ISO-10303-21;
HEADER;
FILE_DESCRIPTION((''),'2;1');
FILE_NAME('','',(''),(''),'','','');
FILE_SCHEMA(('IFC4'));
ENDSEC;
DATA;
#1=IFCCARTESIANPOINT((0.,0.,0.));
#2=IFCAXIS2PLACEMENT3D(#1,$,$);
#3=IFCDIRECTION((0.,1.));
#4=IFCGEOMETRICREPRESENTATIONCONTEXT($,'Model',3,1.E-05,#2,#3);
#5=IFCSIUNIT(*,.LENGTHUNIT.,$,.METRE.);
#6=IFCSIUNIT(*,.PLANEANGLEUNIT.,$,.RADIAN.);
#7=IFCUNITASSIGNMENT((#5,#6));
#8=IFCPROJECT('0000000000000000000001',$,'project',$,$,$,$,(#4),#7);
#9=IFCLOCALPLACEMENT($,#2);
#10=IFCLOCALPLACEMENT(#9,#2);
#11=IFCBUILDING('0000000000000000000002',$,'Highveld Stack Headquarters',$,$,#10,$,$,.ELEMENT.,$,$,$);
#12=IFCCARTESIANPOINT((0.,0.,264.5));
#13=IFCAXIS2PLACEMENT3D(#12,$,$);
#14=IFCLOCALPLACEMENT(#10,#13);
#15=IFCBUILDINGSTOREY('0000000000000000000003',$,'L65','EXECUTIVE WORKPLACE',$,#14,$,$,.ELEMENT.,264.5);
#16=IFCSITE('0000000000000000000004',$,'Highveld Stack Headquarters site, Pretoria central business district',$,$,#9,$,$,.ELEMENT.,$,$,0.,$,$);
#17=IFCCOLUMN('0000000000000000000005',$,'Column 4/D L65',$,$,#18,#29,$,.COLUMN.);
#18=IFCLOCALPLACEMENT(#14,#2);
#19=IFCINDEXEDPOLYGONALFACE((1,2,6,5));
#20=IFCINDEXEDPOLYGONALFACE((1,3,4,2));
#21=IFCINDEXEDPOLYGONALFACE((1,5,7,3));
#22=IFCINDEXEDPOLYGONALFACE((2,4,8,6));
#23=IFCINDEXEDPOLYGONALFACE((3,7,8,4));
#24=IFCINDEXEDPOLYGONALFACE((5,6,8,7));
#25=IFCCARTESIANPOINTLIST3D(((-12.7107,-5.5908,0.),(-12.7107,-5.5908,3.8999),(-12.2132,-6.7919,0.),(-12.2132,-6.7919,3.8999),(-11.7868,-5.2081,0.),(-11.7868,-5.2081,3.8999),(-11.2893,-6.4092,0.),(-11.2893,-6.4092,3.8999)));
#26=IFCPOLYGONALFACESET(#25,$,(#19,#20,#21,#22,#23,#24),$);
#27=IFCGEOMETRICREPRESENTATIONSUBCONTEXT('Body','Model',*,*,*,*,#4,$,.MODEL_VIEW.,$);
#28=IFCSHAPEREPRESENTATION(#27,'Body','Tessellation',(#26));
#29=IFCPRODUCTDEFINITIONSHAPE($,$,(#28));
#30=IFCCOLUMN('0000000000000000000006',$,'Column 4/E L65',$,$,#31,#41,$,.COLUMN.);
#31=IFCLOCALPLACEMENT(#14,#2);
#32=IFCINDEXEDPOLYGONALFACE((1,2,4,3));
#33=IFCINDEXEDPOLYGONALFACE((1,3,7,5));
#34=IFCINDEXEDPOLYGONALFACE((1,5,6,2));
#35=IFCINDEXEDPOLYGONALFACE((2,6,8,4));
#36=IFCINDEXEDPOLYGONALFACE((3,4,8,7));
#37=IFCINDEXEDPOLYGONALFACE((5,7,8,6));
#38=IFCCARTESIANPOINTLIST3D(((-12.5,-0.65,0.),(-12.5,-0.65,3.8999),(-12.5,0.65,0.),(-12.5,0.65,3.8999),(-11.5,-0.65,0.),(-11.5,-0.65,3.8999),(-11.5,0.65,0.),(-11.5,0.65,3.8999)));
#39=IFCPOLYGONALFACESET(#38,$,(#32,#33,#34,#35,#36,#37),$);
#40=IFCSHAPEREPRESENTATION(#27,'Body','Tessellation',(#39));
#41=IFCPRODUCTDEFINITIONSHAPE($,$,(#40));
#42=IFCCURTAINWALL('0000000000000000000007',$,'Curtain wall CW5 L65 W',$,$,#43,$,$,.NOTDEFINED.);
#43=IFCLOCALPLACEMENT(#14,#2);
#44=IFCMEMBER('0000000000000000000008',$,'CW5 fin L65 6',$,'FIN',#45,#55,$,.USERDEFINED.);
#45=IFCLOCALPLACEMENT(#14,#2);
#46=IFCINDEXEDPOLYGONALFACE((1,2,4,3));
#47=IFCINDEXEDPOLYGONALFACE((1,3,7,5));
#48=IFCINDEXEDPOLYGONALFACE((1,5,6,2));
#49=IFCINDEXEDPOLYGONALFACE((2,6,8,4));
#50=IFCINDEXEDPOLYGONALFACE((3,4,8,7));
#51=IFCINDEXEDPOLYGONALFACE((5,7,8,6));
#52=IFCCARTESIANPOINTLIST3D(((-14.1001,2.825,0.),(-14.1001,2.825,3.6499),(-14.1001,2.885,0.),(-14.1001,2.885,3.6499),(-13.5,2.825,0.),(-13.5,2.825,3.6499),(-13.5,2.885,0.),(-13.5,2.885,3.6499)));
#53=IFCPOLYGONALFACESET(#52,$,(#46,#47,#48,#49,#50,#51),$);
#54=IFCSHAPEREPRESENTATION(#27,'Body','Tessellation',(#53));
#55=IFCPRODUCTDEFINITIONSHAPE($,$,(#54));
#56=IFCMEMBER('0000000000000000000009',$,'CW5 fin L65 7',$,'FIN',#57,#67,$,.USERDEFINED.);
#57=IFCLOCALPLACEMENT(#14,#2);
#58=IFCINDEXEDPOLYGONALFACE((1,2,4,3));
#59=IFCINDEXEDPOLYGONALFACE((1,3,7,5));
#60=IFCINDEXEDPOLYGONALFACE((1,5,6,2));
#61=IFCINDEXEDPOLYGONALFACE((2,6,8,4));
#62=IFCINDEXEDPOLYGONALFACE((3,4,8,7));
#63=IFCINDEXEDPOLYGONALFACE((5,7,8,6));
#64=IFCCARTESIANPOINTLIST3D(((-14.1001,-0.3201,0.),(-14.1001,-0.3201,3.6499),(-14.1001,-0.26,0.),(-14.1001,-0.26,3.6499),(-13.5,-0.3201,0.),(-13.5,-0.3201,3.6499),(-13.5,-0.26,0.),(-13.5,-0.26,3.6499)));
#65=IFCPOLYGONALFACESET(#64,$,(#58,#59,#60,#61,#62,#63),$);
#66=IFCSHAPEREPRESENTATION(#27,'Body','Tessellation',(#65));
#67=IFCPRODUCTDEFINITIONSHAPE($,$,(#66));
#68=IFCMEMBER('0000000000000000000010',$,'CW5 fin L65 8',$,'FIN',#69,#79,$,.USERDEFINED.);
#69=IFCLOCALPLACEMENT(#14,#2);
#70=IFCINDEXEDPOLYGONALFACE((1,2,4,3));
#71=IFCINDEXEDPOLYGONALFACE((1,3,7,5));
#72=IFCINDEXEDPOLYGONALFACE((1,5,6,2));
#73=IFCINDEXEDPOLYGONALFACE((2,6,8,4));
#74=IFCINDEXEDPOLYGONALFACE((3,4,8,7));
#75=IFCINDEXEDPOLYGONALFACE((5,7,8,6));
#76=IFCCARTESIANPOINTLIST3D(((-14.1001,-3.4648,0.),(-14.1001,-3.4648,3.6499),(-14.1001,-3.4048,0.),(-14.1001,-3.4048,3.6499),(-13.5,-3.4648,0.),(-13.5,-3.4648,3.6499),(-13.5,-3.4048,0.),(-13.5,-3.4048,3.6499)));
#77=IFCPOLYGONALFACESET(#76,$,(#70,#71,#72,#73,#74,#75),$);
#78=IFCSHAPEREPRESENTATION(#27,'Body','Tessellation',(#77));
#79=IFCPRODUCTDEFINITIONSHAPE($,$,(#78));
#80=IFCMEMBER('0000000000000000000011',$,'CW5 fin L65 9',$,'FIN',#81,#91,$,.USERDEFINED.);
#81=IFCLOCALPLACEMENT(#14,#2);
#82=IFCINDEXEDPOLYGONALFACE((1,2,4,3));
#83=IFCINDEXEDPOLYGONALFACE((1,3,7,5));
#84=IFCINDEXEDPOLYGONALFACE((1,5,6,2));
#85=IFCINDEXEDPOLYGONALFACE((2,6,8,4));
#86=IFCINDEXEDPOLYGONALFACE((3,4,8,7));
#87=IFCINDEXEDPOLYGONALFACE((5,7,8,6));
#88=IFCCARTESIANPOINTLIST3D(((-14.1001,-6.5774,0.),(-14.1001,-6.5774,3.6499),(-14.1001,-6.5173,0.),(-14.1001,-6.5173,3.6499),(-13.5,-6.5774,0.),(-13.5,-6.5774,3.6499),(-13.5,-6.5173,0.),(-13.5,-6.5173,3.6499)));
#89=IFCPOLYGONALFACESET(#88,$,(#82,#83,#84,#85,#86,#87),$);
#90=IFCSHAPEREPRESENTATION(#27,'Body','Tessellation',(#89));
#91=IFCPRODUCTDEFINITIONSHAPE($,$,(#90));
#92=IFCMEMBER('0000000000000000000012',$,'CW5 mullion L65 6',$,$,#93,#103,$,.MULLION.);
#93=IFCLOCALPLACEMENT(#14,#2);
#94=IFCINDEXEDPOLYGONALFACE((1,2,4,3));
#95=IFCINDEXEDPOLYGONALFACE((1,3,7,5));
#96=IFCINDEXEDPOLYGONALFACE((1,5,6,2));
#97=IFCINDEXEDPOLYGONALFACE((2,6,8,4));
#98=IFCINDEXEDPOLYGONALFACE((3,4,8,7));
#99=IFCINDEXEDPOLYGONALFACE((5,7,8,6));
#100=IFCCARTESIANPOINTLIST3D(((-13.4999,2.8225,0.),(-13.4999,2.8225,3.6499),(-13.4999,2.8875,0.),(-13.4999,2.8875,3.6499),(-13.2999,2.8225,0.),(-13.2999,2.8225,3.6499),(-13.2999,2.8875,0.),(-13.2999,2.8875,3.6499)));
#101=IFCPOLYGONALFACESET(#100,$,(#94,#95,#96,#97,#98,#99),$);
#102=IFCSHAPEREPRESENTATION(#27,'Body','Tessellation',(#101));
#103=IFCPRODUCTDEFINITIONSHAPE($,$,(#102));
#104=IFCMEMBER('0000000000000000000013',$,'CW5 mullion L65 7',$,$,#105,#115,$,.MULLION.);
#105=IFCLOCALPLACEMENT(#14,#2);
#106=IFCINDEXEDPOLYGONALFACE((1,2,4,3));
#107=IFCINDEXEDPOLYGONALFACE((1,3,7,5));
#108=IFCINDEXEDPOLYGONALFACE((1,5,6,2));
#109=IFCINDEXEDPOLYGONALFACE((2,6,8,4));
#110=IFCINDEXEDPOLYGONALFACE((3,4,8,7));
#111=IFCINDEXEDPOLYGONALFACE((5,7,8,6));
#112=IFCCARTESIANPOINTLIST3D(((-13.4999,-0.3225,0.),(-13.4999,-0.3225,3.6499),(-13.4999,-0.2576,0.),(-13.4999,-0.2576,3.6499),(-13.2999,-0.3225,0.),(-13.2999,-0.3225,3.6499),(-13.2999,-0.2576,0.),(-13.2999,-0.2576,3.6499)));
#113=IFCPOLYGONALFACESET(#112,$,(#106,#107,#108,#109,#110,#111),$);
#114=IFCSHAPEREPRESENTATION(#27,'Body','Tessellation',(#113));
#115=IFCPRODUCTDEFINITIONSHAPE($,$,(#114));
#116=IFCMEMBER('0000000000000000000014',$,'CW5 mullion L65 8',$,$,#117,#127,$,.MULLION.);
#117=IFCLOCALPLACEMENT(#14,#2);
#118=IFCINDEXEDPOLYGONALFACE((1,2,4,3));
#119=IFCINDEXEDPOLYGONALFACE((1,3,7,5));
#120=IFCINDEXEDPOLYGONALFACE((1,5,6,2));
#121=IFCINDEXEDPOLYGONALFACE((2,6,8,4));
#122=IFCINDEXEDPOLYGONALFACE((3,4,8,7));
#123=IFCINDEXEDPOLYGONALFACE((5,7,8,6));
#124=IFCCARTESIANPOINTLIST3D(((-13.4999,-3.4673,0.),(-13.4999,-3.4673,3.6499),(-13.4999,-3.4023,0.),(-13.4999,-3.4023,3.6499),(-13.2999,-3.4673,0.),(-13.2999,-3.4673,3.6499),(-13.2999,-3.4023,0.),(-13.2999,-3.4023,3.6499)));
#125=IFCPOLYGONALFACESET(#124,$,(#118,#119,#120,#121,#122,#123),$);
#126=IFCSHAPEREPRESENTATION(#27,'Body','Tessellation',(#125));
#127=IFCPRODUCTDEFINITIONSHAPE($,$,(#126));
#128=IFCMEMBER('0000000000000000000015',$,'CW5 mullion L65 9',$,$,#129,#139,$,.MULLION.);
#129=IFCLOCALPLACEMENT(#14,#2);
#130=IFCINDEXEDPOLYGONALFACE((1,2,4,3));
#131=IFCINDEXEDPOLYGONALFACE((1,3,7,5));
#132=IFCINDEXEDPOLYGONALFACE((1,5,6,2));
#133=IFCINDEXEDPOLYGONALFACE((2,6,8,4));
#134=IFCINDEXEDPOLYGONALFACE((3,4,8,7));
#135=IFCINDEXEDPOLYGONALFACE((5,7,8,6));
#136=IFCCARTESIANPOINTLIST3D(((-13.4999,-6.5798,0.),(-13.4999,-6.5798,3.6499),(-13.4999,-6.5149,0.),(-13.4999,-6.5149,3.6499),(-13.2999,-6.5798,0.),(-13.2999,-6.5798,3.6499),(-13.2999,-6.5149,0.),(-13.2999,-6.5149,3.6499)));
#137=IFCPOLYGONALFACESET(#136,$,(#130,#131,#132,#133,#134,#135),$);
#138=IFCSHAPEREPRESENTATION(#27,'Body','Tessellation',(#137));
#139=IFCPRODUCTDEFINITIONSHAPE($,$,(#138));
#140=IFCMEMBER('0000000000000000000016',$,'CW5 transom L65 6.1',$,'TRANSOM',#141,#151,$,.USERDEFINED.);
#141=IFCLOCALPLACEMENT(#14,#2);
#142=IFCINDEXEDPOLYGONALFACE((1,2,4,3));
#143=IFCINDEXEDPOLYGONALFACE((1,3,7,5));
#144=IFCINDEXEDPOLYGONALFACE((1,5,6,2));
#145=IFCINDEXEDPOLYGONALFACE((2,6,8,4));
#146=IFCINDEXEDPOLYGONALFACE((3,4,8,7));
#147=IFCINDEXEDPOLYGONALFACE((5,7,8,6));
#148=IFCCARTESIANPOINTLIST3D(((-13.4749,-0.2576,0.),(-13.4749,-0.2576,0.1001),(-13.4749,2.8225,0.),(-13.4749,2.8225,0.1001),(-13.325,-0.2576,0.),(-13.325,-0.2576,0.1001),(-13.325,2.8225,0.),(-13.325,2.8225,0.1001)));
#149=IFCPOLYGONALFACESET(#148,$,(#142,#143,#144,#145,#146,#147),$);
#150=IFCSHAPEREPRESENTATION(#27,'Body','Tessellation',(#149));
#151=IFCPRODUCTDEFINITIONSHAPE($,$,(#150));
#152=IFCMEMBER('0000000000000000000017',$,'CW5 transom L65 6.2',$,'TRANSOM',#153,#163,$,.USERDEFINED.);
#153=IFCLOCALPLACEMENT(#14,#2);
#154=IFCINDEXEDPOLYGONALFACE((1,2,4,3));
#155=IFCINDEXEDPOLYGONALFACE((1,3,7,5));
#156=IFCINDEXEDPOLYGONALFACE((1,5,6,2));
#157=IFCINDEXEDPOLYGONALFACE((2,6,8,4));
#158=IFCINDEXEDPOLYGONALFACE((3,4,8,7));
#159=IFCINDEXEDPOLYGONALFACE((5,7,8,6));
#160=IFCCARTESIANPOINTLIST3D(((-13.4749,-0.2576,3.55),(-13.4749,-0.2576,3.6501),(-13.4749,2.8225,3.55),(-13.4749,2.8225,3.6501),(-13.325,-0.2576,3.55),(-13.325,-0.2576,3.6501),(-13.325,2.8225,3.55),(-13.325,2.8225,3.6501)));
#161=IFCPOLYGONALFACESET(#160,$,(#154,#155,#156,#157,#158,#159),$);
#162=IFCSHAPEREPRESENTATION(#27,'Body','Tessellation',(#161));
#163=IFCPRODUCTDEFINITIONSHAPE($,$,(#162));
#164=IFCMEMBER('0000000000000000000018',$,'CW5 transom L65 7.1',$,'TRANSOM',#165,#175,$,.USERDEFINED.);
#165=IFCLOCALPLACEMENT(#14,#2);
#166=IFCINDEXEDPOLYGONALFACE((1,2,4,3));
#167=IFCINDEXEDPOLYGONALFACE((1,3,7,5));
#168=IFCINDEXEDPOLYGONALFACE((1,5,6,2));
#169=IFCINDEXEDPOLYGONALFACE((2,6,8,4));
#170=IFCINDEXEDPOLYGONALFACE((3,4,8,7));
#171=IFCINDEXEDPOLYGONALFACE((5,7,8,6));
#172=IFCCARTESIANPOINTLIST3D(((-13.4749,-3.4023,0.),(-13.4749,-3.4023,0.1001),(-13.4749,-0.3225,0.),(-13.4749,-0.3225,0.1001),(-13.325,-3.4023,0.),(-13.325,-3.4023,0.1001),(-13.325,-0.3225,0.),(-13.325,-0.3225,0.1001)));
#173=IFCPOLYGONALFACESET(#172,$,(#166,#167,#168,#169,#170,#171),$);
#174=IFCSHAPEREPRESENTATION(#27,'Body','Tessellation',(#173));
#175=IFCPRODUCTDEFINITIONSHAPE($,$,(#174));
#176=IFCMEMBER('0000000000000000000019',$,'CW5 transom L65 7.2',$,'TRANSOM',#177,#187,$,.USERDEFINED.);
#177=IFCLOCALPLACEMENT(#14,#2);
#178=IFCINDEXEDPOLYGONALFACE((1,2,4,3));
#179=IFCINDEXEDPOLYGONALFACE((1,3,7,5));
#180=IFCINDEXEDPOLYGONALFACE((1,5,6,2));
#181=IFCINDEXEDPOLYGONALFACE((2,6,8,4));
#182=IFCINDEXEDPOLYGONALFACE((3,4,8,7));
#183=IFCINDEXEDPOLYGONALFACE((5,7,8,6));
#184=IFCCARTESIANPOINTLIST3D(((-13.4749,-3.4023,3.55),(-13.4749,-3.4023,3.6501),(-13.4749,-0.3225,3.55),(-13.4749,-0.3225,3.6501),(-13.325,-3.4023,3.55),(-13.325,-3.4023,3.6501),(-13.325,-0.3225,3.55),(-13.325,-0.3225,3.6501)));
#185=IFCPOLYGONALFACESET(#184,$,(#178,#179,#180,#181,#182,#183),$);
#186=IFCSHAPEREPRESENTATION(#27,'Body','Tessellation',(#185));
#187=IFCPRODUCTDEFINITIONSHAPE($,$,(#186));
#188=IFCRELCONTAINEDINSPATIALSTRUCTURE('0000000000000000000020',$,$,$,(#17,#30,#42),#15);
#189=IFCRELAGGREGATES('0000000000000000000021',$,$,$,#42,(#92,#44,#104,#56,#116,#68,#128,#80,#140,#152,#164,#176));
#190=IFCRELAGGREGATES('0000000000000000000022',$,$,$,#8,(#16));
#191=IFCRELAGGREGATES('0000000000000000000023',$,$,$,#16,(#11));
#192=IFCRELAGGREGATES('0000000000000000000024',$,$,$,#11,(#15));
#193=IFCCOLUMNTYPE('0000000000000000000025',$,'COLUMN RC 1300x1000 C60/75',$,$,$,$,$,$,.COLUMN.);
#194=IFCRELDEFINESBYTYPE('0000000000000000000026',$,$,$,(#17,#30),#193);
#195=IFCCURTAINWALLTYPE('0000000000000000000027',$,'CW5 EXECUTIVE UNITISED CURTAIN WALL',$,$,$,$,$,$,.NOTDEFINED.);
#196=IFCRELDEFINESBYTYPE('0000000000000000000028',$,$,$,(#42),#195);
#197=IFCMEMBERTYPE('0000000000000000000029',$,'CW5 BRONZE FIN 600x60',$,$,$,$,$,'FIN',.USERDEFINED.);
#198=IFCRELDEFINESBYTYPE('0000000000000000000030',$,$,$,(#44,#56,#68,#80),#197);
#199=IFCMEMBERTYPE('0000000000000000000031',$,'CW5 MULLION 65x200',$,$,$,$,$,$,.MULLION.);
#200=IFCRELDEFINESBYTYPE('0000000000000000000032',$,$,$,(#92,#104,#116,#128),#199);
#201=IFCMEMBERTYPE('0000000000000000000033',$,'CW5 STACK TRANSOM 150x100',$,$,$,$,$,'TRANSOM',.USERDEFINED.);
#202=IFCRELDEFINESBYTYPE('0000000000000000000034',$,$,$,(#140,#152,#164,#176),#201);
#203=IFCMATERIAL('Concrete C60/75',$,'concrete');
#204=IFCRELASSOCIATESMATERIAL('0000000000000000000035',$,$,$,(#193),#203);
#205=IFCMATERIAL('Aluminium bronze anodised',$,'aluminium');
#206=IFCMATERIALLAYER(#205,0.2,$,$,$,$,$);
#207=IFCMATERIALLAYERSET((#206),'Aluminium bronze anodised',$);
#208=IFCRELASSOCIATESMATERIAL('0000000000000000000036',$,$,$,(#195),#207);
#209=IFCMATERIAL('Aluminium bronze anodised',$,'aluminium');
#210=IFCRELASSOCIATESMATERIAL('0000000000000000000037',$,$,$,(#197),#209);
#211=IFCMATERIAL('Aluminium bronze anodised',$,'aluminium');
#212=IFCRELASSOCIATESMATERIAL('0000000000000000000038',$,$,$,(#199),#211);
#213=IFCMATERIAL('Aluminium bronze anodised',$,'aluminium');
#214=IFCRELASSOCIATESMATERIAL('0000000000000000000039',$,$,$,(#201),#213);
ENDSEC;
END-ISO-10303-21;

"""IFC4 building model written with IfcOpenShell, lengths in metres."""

from ifc_helpers import new_model, si_unit, direction, frame, origin, origin_2d, place, context, subcontext, project, spatial, rectangle, extrude, material, layer, layer_set, material_profile, profile_set, type_object, element, aggregate, save


model = new_model("IFC4")

# Units and contexts
model_context = context("Model", 3, precision=1e-05, world=origin(), true_north=direction((0.0, 1.0)))
body_context = subcontext(model_context, "Body", "Model", "MODEL_VIEW")
ifc_project = project(units=[si_unit("LENGTHUNIT", "METRE"), si_unit("PLANEANGLEUNIT", "RADIAN")], contexts=[model_context])

# Site, building, storey
site_placement = place(None, origin())
site = spatial("IfcSite", under=ifc_project, at=site_placement, Name="Highveld Stack Headquarters site, Pretoria central business district", CompositionType="ELEMENT", RefElevation=0.0)
building_placement = place(site_placement, origin())
building = spatial("IfcBuilding", under=site, at=building_placement, Name="Highveld Stack Headquarters", CompositionType="ELEMENT")
storey_placement = place(building_placement, frame((0.0, 0.0, 264.5)))
storey = spatial("IfcBuildingStorey", under=building, at=storey_placement, Name="L65", Description="EXECUTIVE WORKPLACE", CompositionType="ELEMENT", Elevation=264.5)

# Columns
ifc_material_1 = material(Name="Concrete C60/75", Category="concrete")
ifc_material_profile_1 = material_profile(ifc_material_1, rectangle(XDim=1.3, YDim=1.0, at=origin_2d()), Name="RC 1300x1000")
ifc_profile_set_1 = profile_set([ifc_material_profile_1], Name="Concrete C60/75")
column_type = type_object("IfcColumnType", Name="COLUMN RC 1300x1000 C60/75", PredefinedType="COLUMN", material=ifc_profile_set_1)
for number, where, z_axis, x_axis, name in (
    (1, (-12.0, -6.0, 0.0), (0.0, 0.0, 1.0), (-0.382683, 0.92388, 0.0), "Column 4/D L65"),
    (2, (-12.0, 0.0, 0.0), (0.0, 0.0, 1.0), (0.0, 1.0, 0.0), "Column 4/E L65"),
):
    element("IfcColumn", number, at=place(storey_placement, frame(where, z_axis=z_axis, x_axis=x_axis)), inside=storey, type_object=column_type, Name=name, PredefinedType="COLUMN", context=body_context, shape_type="SweptSolid", body=[
        extrude(rectangle(XDim=1.3, YDim=1.0, at=origin_2d()), origin(), (0.0, 0.0, 1.0), 3.8999),
    ])

# Curtain wall, members
ifc_material_2 = material(Name="Aluminium bronze anodised", Category="aluminium")
ifc_layer_1 = layer(ifc_material_2, 0.2)
ifc_layer_set_1 = layer_set([ifc_layer_1], Name="Aluminium bronze anodised")
curtain_wall_type = type_object("IfcCurtainWallType", Name="CW5 EXECUTIVE UNITISED CURTAIN WALL", PredefinedType="NOTDEFINED", material=ifc_layer_set_1)
curtain_wall_1_placement = place(storey_placement, origin())
curtain_wall_1 = element("IfcCurtainWall", 3, at=curtain_wall_1_placement, inside=storey, type_object=curtain_wall_type, Name="Curtain wall CW5 L65 W", PredefinedType="NOTDEFINED")
ifc_material_3 = material(Name="Aluminium bronze anodised", Category="aluminium")
ifc_material_profile_2 = material_profile(ifc_material_3, rectangle(XDim=0.6001, YDim=0.0601, at=origin_2d()), Name="FIN 600x60")
ifc_profile_set_2 = profile_set([ifc_material_profile_2], Name="Aluminium bronze anodised")
member_type_1 = type_object("IfcMemberType", Name="CW5 BRONZE FIN 600x60", ElementType="FIN", PredefinedType="USERDEFINED", material=ifc_profile_set_2)
member_1_placement = place(storey_placement, frame((-13.8, 2.855, 0.0), z_axis=(0.0, 0.0, 1.0), x_axis=(1.0, 0.0, 0.0)))
member_1 = element("IfcMember", 4, at=member_1_placement, type_object=member_type_1, Name="CW5 fin L65 6", ObjectType="FIN", PredefinedType="USERDEFINED", context=body_context, shape_type="SweptSolid", body=[
    extrude(rectangle(XDim=0.6001, YDim=0.0601, at=origin_2d()), origin(), (0.0, 0.0, 1.0), 3.6499),
])
member_2_placement = place(storey_placement, frame((-13.8, -0.29, 0.0), z_axis=(0.0, 0.0, 1.0), x_axis=(1.0, 0.0, 0.0)))
member_2 = element("IfcMember", 5, at=member_2_placement, type_object=member_type_1, Name="CW5 fin L65 7", ObjectType="FIN", PredefinedType="USERDEFINED", context=body_context, shape_type="SweptSolid", body=[
    extrude(rectangle(XDim=0.6001, YDim=0.0601, at=origin_2d()), origin(), (0.0, 0.0, 1.0), 3.6499),
])
member_3_placement = place(storey_placement, frame((-13.8, -3.4348, 0.0), z_axis=(0.0, 0.0, 1.0), x_axis=(1.0, 0.0, 0.0)))
member_3 = element("IfcMember", 6, at=member_3_placement, type_object=member_type_1, Name="CW5 fin L65 8", ObjectType="FIN", PredefinedType="USERDEFINED", context=body_context, shape_type="SweptSolid", body=[
    extrude(rectangle(XDim=0.6001, YDim=0.0601, at=origin_2d()), origin(), (0.0, 0.0, 1.0), 3.6499),
])
member_4_placement = place(storey_placement, frame((-13.8, -6.5474, 0.0), z_axis=(0.0, 0.0, 1.0), x_axis=(1.0, 0.0, 0.0)))
member_4 = element("IfcMember", 7, at=member_4_placement, type_object=member_type_1, Name="CW5 fin L65 9", ObjectType="FIN", PredefinedType="USERDEFINED", context=body_context, shape_type="SweptSolid", body=[
    extrude(rectangle(XDim=0.6001, YDim=0.0601, at=origin_2d()), origin(), (0.0, 0.0, 1.0), 3.6499),
])
ifc_material_4 = material(Name="Aluminium bronze anodised", Category="aluminium")
ifc_material_profile_3 = material_profile(ifc_material_4, rectangle(XDim=0.2, YDim=0.0649, at=origin_2d()), Name="CW5 MULLION 65x200")
ifc_profile_set_3 = profile_set([ifc_material_profile_3], Name="Aluminium bronze anodised")
member_type_2 = type_object("IfcMemberType", Name="CW5 MULLION 65x200", PredefinedType="MULLION", material=ifc_profile_set_3)
member_5_placement = place(storey_placement, frame((-13.3999, 2.855, 0.0), z_axis=(0.0, 0.0, 1.0), x_axis=(1.0, 0.0, 0.0)))
member_5 = element("IfcMember", 8, at=member_5_placement, type_object=member_type_2, Name="CW5 mullion L65 6", PredefinedType="MULLION", context=body_context, shape_type="SweptSolid", body=[
    extrude(rectangle(XDim=0.2, YDim=0.0649, at=origin_2d()), origin(), (0.0, 0.0, 1.0), 3.6499),
])
member_6_placement = place(storey_placement, frame((-13.3999, -0.29, 0.0), z_axis=(0.0, 0.0, 1.0), x_axis=(1.0, 0.0, 0.0)))
member_6 = element("IfcMember", 9, at=member_6_placement, type_object=member_type_2, Name="CW5 mullion L65 7", PredefinedType="MULLION", context=body_context, shape_type="SweptSolid", body=[
    extrude(rectangle(XDim=0.2, YDim=0.0649, at=origin_2d()), origin(), (0.0, 0.0, 1.0), 3.6499),
])
member_7_placement = place(storey_placement, frame((-13.3999, -3.4348, 0.0), z_axis=(0.0, 0.0, 1.0), x_axis=(1.0, 0.0, 0.0)))
member_7 = element("IfcMember", 10, at=member_7_placement, type_object=member_type_2, Name="CW5 mullion L65 8", PredefinedType="MULLION", context=body_context, shape_type="SweptSolid", body=[
    extrude(rectangle(XDim=0.2, YDim=0.0649, at=origin_2d()), origin(), (0.0, 0.0, 1.0), 3.6499),
])
member_8_placement = place(storey_placement, frame((-13.3999, -6.5474, 0.0), z_axis=(0.0, 0.0, 1.0), x_axis=(1.0, 0.0, 0.0)))
member_8 = element("IfcMember", 11, at=member_8_placement, type_object=member_type_2, Name="CW5 mullion L65 9", PredefinedType="MULLION", context=body_context, shape_type="SweptSolid", body=[
    extrude(rectangle(XDim=0.2, YDim=0.0649, at=origin_2d()), origin(), (0.0, 0.0, 1.0), 3.6499),
])
ifc_material_5 = material(Name="Aluminium bronze anodised", Category="aluminium")
ifc_material_profile_4 = material_profile(ifc_material_5, rectangle(XDim=0.1499, YDim=0.1001, at=origin_2d()), Name="CW5 TRANSOM 150x100")
ifc_profile_set_4 = profile_set([ifc_material_profile_4], Name="Aluminium bronze anodised")
member_type_3 = type_object("IfcMemberType", Name="CW5 STACK TRANSOM 150x100", ElementType="TRANSOM", PredefinedType="USERDEFINED", material=ifc_profile_set_4)
member_9_placement = place(storey_placement, frame((-13.3999, 2.8225, 0.05), z_axis=(0.0, -1.0, 0.0), x_axis=(1.0, 0.0, 0.0)))
member_9 = element("IfcMember", 12, at=member_9_placement, type_object=member_type_3, Name="CW5 transom L65 6.1", ObjectType="TRANSOM", PredefinedType="USERDEFINED", context=body_context, shape_type="SweptSolid", body=[
    extrude(rectangle(XDim=0.1499, YDim=0.1001, at=origin_2d()), origin(), (0.0, 0.0, 1.0), 3.0801),
])
member_10_placement = place(storey_placement, frame((-13.3999, 2.8225, 3.6001), z_axis=(0.0, -1.0, 0.0), x_axis=(1.0, 0.0, 0.0)))
member_10 = element("IfcMember", 13, at=member_10_placement, type_object=member_type_3, Name="CW5 transom L65 6.2", ObjectType="TRANSOM", PredefinedType="USERDEFINED", context=body_context, shape_type="SweptSolid", body=[
    extrude(rectangle(XDim=0.1499, YDim=0.1001, at=origin_2d()), origin(), (0.0, 0.0, 1.0), 3.0801),
])
member_11_placement = place(storey_placement, frame((-13.3999, -0.3225, 0.05), z_axis=(0.0, -1.0, 0.0), x_axis=(1.0, 0.0, 0.0)))
member_11 = element("IfcMember", 14, at=member_11_placement, type_object=member_type_3, Name="CW5 transom L65 7.1", ObjectType="TRANSOM", PredefinedType="USERDEFINED", context=body_context, shape_type="SweptSolid", body=[
    extrude(rectangle(XDim=0.1499, YDim=0.1001, at=origin_2d()), origin(), (0.0, 0.0, 1.0), 3.0798),
])
member_12_placement = place(storey_placement, frame((-13.3999, -0.3225, 3.6001), z_axis=(0.0, -1.0, 0.0), x_axis=(1.0, 0.0, 0.0)))
member_12 = element("IfcMember", 15, at=member_12_placement, type_object=member_type_3, Name="CW5 transom L65 7.2", ObjectType="TRANSOM", PredefinedType="USERDEFINED", context=body_context, shape_type="SweptSolid", body=[
    extrude(rectangle(XDim=0.1499, YDim=0.1001, at=origin_2d()), origin(), (0.0, 0.0, 1.0), 3.0798),
])

aggregate(curtain_wall_1, [member_5, member_1, member_6, member_2, member_7, member_3, member_8, member_4, member_9, member_10, member_11, member_12])

save(model, "model.ifc")
